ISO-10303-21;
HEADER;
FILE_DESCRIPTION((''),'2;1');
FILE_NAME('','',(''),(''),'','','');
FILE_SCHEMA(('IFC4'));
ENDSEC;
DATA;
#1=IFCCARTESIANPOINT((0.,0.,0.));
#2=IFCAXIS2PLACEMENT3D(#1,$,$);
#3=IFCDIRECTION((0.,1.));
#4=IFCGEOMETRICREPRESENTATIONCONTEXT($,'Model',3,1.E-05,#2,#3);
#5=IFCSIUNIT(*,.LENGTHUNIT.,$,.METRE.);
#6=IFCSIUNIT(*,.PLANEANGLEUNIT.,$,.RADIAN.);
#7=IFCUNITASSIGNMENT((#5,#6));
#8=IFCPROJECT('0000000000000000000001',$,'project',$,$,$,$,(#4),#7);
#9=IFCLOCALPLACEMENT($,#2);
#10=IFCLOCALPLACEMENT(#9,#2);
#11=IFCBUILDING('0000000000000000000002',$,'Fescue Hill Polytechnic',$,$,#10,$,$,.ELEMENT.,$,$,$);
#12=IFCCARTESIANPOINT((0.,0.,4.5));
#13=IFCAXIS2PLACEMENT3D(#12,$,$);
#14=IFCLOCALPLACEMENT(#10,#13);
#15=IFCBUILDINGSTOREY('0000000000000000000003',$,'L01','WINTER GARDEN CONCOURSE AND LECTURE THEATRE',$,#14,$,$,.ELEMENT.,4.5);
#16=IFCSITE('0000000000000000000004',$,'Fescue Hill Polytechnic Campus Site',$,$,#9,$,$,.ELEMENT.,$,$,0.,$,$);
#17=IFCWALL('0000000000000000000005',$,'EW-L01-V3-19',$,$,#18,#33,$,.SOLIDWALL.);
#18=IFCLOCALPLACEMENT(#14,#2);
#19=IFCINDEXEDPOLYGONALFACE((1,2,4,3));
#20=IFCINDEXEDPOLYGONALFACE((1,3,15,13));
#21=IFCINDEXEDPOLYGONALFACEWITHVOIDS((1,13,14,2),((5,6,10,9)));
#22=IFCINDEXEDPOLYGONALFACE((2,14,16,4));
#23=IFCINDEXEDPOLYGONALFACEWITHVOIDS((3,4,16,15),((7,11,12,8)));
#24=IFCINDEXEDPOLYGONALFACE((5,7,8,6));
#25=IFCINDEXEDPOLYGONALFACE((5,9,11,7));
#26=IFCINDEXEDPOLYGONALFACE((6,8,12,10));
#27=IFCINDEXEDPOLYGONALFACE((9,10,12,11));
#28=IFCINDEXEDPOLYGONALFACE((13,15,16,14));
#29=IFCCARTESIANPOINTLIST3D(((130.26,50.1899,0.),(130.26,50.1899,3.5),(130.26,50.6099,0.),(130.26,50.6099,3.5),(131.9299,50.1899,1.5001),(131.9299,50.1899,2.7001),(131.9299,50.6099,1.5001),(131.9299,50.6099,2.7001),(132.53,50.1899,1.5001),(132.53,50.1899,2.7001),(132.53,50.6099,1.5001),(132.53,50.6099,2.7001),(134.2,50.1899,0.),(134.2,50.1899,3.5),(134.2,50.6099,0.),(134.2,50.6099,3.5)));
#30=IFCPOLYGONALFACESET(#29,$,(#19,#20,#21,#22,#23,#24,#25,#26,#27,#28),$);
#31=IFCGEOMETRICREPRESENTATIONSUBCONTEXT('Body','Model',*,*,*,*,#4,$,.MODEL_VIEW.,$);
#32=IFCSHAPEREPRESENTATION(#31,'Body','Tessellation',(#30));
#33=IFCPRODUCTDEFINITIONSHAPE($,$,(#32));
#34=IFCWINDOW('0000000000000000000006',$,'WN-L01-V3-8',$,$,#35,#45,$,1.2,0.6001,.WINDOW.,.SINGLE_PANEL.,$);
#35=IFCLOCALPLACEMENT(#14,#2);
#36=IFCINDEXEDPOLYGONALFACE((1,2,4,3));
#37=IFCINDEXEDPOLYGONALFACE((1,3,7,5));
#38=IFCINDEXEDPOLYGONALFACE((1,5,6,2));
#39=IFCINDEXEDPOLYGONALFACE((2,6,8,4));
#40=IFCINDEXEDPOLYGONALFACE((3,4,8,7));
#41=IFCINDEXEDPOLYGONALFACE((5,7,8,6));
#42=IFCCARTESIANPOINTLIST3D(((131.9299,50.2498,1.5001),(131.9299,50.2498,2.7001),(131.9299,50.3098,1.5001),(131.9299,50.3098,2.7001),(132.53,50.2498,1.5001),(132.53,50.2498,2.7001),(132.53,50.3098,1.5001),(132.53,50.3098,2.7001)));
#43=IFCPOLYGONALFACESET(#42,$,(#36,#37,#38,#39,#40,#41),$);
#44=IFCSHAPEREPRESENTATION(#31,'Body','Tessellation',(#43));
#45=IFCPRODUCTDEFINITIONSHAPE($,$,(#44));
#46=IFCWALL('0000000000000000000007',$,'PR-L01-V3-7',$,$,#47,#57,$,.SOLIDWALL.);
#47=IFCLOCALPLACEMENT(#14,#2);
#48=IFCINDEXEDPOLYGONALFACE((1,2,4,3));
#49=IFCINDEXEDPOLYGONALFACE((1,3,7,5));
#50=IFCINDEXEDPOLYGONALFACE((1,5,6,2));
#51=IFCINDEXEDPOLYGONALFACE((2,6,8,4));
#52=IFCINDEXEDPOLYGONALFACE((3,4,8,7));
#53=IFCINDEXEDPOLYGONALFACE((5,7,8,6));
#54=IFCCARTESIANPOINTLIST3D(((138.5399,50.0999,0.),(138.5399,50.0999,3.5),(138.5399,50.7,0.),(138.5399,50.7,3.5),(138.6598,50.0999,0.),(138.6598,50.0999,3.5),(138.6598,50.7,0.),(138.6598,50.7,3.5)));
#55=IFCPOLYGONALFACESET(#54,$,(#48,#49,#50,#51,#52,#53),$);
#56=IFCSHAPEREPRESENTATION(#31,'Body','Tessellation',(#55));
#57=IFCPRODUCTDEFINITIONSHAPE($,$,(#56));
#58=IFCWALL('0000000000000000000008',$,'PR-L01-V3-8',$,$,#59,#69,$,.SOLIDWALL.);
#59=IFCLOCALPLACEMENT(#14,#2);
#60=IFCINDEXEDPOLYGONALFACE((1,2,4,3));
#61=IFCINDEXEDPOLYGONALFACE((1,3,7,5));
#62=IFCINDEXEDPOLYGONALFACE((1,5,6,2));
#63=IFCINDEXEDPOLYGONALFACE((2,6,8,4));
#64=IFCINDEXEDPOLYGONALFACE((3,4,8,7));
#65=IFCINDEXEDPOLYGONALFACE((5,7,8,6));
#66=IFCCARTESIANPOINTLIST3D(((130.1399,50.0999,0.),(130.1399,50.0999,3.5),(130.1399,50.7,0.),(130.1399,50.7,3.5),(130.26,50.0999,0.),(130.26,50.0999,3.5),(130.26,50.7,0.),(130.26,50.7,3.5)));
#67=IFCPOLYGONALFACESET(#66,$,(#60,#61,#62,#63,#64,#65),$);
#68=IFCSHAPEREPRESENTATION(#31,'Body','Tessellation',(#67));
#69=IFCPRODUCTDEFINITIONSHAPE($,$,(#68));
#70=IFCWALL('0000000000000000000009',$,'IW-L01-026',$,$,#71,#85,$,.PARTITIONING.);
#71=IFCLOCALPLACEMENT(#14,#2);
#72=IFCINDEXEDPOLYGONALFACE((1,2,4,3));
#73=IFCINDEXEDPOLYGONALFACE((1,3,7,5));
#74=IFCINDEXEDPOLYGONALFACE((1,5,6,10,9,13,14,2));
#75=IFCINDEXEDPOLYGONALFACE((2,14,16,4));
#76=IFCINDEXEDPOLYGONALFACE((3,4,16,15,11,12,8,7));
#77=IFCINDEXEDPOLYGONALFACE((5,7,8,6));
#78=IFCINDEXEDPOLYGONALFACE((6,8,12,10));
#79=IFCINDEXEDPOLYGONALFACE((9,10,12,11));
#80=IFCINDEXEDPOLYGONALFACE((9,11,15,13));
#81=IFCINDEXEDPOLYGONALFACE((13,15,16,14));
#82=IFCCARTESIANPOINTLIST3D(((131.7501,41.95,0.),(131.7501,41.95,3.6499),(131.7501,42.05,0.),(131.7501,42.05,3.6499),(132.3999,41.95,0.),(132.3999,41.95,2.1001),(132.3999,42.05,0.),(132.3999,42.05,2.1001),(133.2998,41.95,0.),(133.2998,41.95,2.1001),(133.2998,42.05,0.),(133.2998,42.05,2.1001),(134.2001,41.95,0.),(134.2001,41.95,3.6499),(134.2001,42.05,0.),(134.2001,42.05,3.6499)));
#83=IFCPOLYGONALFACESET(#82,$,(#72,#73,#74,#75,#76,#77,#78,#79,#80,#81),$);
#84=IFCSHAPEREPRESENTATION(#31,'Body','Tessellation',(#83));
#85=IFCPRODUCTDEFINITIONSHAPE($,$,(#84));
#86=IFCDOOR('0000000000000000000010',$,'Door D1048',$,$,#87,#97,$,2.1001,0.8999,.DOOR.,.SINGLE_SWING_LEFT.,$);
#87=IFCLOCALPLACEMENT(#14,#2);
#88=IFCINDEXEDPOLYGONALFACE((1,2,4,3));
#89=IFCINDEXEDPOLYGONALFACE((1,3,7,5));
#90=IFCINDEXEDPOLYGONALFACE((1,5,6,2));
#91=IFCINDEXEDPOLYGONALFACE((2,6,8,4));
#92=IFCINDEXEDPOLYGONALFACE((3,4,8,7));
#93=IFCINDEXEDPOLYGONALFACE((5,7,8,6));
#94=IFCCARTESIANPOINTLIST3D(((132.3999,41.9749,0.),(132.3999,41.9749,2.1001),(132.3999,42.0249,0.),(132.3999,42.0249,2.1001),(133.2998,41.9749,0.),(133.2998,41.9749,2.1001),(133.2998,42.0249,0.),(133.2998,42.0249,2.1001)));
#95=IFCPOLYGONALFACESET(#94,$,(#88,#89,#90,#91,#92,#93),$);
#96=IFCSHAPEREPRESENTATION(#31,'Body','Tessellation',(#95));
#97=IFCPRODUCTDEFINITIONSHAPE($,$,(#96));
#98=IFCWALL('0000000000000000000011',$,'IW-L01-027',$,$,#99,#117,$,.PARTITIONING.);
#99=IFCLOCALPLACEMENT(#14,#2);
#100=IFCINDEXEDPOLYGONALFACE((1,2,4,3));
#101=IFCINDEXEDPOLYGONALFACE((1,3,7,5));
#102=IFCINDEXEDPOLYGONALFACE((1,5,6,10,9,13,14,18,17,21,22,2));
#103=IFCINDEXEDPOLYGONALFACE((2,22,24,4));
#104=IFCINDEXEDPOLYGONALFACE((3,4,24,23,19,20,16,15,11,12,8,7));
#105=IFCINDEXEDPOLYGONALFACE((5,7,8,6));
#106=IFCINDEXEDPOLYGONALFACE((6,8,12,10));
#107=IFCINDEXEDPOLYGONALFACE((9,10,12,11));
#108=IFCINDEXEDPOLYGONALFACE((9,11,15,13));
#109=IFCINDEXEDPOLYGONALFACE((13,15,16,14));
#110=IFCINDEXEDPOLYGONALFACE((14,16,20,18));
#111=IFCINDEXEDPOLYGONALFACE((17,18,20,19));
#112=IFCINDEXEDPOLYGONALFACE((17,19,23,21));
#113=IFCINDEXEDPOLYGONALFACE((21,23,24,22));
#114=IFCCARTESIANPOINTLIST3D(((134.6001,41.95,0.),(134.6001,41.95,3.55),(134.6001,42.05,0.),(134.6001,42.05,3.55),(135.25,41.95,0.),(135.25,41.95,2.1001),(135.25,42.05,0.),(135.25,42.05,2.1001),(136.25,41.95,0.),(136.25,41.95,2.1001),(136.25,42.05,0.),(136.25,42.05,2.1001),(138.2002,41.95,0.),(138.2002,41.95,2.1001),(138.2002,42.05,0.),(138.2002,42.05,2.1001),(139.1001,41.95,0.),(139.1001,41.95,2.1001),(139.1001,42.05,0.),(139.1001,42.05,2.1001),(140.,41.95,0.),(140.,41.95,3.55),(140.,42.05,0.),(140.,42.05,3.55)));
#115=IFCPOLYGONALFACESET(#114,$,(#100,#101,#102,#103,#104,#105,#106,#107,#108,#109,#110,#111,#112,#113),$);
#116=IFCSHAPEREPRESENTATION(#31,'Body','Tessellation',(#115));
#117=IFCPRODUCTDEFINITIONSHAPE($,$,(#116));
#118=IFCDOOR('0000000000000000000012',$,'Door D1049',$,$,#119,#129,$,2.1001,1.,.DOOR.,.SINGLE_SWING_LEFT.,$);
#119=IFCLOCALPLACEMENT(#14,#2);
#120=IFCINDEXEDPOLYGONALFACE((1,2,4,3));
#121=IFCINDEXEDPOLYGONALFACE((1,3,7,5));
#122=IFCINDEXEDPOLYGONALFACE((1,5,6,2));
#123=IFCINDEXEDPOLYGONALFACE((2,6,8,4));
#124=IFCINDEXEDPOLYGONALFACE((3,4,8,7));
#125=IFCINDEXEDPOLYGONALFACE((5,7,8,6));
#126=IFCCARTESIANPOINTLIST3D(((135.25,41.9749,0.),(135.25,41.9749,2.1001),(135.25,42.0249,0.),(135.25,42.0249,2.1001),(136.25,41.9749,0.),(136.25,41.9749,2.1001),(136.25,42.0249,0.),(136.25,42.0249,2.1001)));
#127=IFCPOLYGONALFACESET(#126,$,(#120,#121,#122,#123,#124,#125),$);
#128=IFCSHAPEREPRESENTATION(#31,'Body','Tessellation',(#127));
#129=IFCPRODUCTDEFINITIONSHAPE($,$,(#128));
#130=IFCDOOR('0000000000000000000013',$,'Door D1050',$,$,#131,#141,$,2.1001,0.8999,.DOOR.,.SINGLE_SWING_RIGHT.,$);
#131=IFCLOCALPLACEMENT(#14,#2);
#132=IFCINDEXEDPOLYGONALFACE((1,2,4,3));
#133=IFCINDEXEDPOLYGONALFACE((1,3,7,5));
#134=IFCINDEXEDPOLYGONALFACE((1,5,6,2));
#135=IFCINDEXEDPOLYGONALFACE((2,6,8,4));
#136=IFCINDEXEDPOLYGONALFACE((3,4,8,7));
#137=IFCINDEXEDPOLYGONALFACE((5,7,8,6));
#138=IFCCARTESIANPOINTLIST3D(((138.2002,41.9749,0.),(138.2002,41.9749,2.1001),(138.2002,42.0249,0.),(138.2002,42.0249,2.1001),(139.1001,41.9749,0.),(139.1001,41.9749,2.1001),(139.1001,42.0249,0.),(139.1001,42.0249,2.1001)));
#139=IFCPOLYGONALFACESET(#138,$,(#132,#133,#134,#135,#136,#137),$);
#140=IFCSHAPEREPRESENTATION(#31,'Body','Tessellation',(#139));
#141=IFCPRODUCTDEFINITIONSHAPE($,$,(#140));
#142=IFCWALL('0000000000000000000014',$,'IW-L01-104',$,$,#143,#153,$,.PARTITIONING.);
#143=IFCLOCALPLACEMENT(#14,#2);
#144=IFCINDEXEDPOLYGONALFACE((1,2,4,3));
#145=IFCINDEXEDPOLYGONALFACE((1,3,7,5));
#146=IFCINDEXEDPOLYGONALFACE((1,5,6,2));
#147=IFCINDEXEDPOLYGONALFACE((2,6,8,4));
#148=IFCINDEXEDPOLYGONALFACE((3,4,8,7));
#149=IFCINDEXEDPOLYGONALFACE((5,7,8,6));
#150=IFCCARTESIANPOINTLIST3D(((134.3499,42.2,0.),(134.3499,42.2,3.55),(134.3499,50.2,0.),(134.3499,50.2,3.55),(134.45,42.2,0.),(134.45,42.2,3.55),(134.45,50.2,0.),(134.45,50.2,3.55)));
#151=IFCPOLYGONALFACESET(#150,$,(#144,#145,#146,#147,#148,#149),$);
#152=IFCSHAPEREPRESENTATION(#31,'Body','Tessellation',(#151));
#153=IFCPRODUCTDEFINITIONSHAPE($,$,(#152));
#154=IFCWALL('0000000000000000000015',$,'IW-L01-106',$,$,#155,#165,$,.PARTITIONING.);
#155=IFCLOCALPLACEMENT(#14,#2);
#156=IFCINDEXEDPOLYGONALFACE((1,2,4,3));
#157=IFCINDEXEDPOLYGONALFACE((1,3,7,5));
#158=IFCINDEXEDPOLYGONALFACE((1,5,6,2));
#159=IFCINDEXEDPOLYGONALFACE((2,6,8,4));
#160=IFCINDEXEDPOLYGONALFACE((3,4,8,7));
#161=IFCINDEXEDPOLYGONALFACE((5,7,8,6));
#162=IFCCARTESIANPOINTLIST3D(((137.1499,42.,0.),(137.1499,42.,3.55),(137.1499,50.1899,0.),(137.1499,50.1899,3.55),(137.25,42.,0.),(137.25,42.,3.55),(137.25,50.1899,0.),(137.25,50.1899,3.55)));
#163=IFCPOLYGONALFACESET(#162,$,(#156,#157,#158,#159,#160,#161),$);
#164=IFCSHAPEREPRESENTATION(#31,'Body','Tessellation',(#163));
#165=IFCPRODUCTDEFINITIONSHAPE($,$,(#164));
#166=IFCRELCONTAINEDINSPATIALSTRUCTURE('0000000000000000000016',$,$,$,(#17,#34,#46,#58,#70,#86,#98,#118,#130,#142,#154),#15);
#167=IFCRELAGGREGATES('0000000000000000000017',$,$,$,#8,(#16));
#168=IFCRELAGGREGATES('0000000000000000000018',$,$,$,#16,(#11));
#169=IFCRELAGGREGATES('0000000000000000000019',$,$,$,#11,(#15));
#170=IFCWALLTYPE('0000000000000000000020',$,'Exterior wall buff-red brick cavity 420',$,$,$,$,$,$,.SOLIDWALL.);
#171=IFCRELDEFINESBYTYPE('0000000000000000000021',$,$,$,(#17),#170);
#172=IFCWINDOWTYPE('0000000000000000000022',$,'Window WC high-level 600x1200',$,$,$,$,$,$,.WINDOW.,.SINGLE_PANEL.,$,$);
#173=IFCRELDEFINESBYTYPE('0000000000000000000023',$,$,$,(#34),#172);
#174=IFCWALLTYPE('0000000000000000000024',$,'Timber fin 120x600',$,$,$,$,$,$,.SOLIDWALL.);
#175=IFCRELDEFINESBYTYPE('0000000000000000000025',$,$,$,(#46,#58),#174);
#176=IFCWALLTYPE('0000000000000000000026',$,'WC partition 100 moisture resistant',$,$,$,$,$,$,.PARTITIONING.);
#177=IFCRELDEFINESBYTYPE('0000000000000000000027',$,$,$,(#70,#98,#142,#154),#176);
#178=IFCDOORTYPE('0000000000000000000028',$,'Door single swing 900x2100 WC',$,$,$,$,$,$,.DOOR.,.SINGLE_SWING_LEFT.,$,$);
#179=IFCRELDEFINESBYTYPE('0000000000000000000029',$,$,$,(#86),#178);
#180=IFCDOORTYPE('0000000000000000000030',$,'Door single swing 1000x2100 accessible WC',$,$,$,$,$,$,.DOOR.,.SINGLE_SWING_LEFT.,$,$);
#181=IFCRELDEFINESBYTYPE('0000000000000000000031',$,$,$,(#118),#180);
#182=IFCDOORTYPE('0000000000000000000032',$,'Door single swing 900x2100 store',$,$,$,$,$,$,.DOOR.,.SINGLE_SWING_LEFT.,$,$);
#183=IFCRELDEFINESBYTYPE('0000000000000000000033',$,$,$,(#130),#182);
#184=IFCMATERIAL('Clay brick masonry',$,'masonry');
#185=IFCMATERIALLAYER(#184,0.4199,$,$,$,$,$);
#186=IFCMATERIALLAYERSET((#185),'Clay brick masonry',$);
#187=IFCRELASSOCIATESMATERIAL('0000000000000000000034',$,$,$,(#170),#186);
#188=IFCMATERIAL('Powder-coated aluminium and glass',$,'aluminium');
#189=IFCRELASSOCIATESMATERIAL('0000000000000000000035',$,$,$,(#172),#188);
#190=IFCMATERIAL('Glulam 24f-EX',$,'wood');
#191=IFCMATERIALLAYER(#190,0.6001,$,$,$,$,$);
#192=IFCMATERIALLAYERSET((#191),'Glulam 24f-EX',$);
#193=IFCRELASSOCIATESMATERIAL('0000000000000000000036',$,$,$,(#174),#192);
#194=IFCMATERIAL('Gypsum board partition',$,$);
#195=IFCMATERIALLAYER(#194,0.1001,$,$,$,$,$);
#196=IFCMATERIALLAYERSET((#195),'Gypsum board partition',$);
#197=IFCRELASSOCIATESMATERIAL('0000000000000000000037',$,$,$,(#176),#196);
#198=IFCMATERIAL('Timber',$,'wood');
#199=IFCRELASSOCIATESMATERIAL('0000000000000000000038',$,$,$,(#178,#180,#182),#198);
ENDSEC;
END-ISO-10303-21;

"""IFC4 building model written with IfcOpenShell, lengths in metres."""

from ifc_helpers import new_model, si_unit, direction, frame, frame_2d, origin, place, context, subcontext, project, spatial, rectangle, extrude, material, layer, layer_set, type_object, element, fill, save


model = new_model("IFC4")

# Units and contexts
model_context = context("Model", 3, precision=1e-05, world=origin(), true_north=direction((0.0, 1.0)))
body_context = subcontext(model_context, "Body", "Model", "MODEL_VIEW")
ifc_project = project(units=[si_unit("LENGTHUNIT", "METRE"), si_unit("PLANEANGLEUNIT", "RADIAN")], contexts=[model_context])

# Site, building, storey
site_placement = place(None, origin())
site = spatial("IfcSite", under=ifc_project, at=site_placement, Name="Fescue Hill Polytechnic Campus Site", CompositionType="ELEMENT", RefElevation=0.0)
building_placement = place(site_placement, origin())
building = spatial("IfcBuilding", under=site, at=building_placement, Name="Fescue Hill Polytechnic", CompositionType="ELEMENT")
storey_placement = place(building_placement, frame((0.0, 0.0, 4.5)))
storey = spatial("IfcBuildingStorey", under=building, at=storey_placement, Name="L01", Description="WINTER GARDEN CONCOURSE AND LECTURE THEATRE", CompositionType="ELEMENT", Elevation=4.5)

# Shared definitions
ifc_material_1 = material(Name="Gypsum board partition")
ifc_material_2 = material(Name="Timber", Category="wood")

# Shared definitions
ifc_material_3 = material(Name="Clay brick masonry", Category="masonry")
ifc_layer_1 = layer(ifc_material_3, 0.4199)
ifc_layer_set_1 = layer_set([ifc_layer_1], Name="Clay brick masonry")
wall_type_1 = type_object("IfcWallType", Name="Exterior wall buff-red brick cavity 420", PredefinedType="SOLIDWALL", material=ifc_layer_set_1)

# Wall, opening, window
ifc_material_4 = material(Name="Powder-coated aluminium and glass", Category="aluminium")
window_type = type_object("IfcWindowType", Name="Window WC high-level 600x1200", PartitioningType="SINGLE_PANEL", PredefinedType="WINDOW", material=ifc_material_4)
wall_1_placement = place(storey_placement, frame((134.2, 50.3999, 0.0), z_axis=(0.0, 0.0, 1.0), x_axis=(-1.0, 0.0, 0.0)))
wall_1 = element("IfcWall", 1, at=wall_1_placement, inside=storey, type_object=wall_type_1, Name="EW-L01-V3-19", PredefinedType="SOLIDWALL", context=body_context, shape_type="SweptSolid", body=[
    extrude(rectangle(XDim=3.9399, YDim=0.4199, at=frame_2d((1.97, 0.0))), origin(), (0.0, 0.0, 1.0), 3.5),
])
opening_1_placement = place(wall_1_placement, frame((1.6699, 0.0, 1.5)))
opening_1 = element("IfcOpeningElement", 2, at=opening_1_placement, cuts=wall_1, PredefinedType="OPENING", context=body_context, shape_type="SweptSolid", body=[
    extrude(rectangle(XDim=0.6001, YDim=1.2, at=frame_2d((0.3, 0.6001))), frame((0.0, 0.22, 0.0), z_axis=(0.0, -1.0, 0.0), x_axis=(1.0, 0.0, 0.0)), (0.0, 0.0, 1.0), 0.4399),
])
window_1_placement = place(opening_1_placement, origin())
window_1 = element("IfcWindow", 3, at=window_1_placement, inside=storey, type_object=window_type, Name="WN-L01-V3-8", OverallHeight=1.2, OverallWidth=0.6001, PartitioningType="SINGLE_PANEL", PredefinedType="WINDOW", context=body_context, shape_type="SweptSolid", body=[
    extrude(rectangle(XDim=0.6001, YDim=1.2, at=frame_2d((0.3, 0.6001))), frame((0.0, 0.1501, 0.0), z_axis=(0.0, -1.0, 0.0), x_axis=(1.0, 0.0, 0.0)), (0.0, 0.0, 1.0), 0.0601),
])
fill(opening_1, window_1)

# Walls
ifc_material_5 = material(Name="Glulam 24f-EX", Category="wood")
ifc_layer_2 = layer(ifc_material_5, 0.6001)
ifc_layer_set_2 = layer_set([ifc_layer_2], Name="Glulam 24f-EX")
wall_type_2 = type_object("IfcWallType", Name="Timber fin 120x600", PredefinedType="SOLIDWALL", material=ifc_layer_set_2)
wall_2_placement = place(storey_placement, frame((138.6599, 50.3999, 0.0), z_axis=(0.0, 0.0, 1.0), x_axis=(-1.0, 0.0, 0.0)))
element("IfcWall", 4, at=wall_2_placement, inside=storey, type_object=wall_type_2, Name="PR-L01-V3-7", PredefinedType="SOLIDWALL", context=body_context, shape_type="SweptSolid", body=[
    extrude(rectangle(XDim=0.1199, YDim=0.6001, at=frame_2d((0.0601, 0.0))), origin(), (0.0, 0.0, 1.0), 3.5),
])
wall_3_placement = place(storey_placement, frame((130.26, 50.3999, 0.0), z_axis=(0.0, 0.0, 1.0), x_axis=(-1.0, 0.0, 0.0)))
element("IfcWall", 5, at=wall_3_placement, inside=storey, type_object=wall_type_2, Name="PR-L01-V3-8", PredefinedType="SOLIDWALL", context=body_context, shape_type="SweptSolid", body=[
    extrude(rectangle(XDim=0.1201, YDim=0.6001, at=frame_2d((0.0601, 0.0))), origin(), (0.0, 0.0, 1.0), 3.5),
])

# Wall, opening, door
ifc_layer_3 = layer(ifc_material_1, 0.1001)
ifc_layer_set_3 = layer_set([ifc_layer_3], Name="Gypsum board partition")
wall_type_3 = type_object("IfcWallType", Name="WC partition 100 moisture resistant", PredefinedType="PARTITIONING", material=ifc_layer_set_3)
wall_4_placement = place(storey_placement, frame((131.75, 42.0, 0.0), z_axis=(0.0, 0.0, 1.0), x_axis=(1.0, 0.0, 0.0)))
wall_4 = element("IfcWall", 6, at=wall_4_placement, inside=storey, type_object=wall_type_3, Name="IW-L01-026", PredefinedType="PARTITIONING", context=body_context, shape_type="SweptSolid", body=[
    extrude(rectangle(XDim=2.45, YDim=0.1001, at=frame_2d((1.2251, 0.0))), origin(), (0.0, 0.0, 1.0), 3.6499),
])
opening_2_placement = place(wall_4_placement, frame((0.6499, 0.0, 0.0)))
opening_2 = element("IfcOpeningElement", 7, at=opening_2_placement, cuts=wall_4, PredefinedType="OPENING", context=body_context, shape_type="SweptSolid", body=[
    extrude(rectangle(XDim=0.8999, YDim=2.1001, at=frame_2d((0.45, 1.05))), frame((0.0, 0.0601, 0.0), z_axis=(0.0, -1.0, 0.0), x_axis=(1.0, 0.0, 0.0)), (0.0, 0.0, 1.0), 0.1201),
])
door_type_1 = type_object("IfcDoorType", Name="Door single swing 900x2100 WC", OperationType="SINGLE_SWING_LEFT", PredefinedType="DOOR", material=ifc_material_2)
door_1_placement = place(opening_2_placement, origin())
door_1 = element("IfcDoor", 8, at=door_1_placement, inside=storey, type_object=door_type_1, Name="Door D1048", OperationType="SINGLE_SWING_LEFT", OverallHeight=2.1001, OverallWidth=0.8999, PredefinedType="DOOR", context=body_context, shape_type="SweptSolid", body=[
    extrude(rectangle(XDim=0.8999, YDim=2.1001, at=frame_2d((0.45, 1.05))), frame((0.0, 0.0249, 0.0), z_axis=(0.0, -1.0, 0.0), x_axis=(1.0, 0.0, 0.0)), (0.0, 0.0, 1.0), 0.05),
])
fill(opening_2, door_1)

# Wall, openings, doors
wall_5_placement = place(storey_placement, frame((134.6001, 42.0, 0.0), z_axis=(0.0, 0.0, 1.0), x_axis=(1.0, 0.0, 0.0)))
wall_5 = element("IfcWall", 9, at=wall_5_placement, inside=storey, type_object=wall_type_3, Name="IW-L01-027", PredefinedType="PARTITIONING", context=body_context, shape_type="SweptSolid", body=[
    extrude(rectangle(XDim=5.3999, YDim=0.1001, at=frame_2d((2.7, 0.0))), origin(), (0.0, 0.0, 1.0), 3.55),
])
opening_3_placement = place(wall_5_placement, frame((0.6499, 0.0, 0.0)))
opening_3 = element("IfcOpeningElement", 10, at=opening_3_placement, cuts=wall_5, PredefinedType="OPENING", context=body_context, shape_type="SweptSolid", body=[
    extrude(rectangle(XDim=1.0, YDim=2.1001, at=frame_2d((0.5, 1.05))), frame((0.0, 0.0601, 0.0), z_axis=(0.0, -1.0, 0.0), x_axis=(1.0, 0.0, 0.0)), (0.0, 0.0, 1.0), 0.1201),
])
opening_4_placement = place(wall_5_placement, frame((3.6001, 0.0, 0.0)))
opening_4 = element("IfcOpeningElement", 11, at=opening_4_placement, cuts=wall_5, PredefinedType="OPENING", context=body_context, shape_type="SweptSolid", body=[
    extrude(rectangle(XDim=0.8999, YDim=2.1001, at=frame_2d((0.45, 1.05))), frame((0.0, 0.0601, 0.0), z_axis=(0.0, -1.0, 0.0), x_axis=(1.0, 0.0, 0.0)), (0.0, 0.0, 1.0), 0.1201),
])
door_type_2 = type_object("IfcDoorType", Name="Door single swing 1000x2100 accessible WC", OperationType="SINGLE_SWING_LEFT", PredefinedType="DOOR", material=ifc_material_2)
door_2_placement = place(opening_3_placement, origin())
door_2 = element("IfcDoor", 12, at=door_2_placement, inside=storey, type_object=door_type_2, Name="Door D1049", OperationType="SINGLE_SWING_LEFT", OverallHeight=2.1001, OverallWidth=1.0, PredefinedType="DOOR", context=body_context, shape_type="SweptSolid", body=[
    extrude(rectangle(XDim=1.0, YDim=2.1001, at=frame_2d((0.5, 1.05))), frame((0.0, 0.0249, 0.0), z_axis=(0.0, -1.0, 0.0), x_axis=(1.0, 0.0, 0.0)), (0.0, 0.0, 1.0), 0.05),
])
fill(opening_3, door_2)
door_type_3 = type_object("IfcDoorType", Name="Door single swing 900x2100 store", OperationType="SINGLE_SWING_LEFT", PredefinedType="DOOR", material=ifc_material_2)
door_3_placement = place(opening_4_placement, origin())
door_3 = element("IfcDoor", 13, at=door_3_placement, inside=storey, type_object=door_type_3, Name="Door D1050", OperationType="SINGLE_SWING_RIGHT", OverallHeight=2.1001, OverallWidth=0.8999, PredefinedType="DOOR", context=body_context, shape_type="SweptSolid", body=[
    extrude(rectangle(XDim=0.8999, YDim=2.1001, at=frame_2d((0.45, 1.05))), frame((0.0, 0.0249, 0.0), z_axis=(0.0, -1.0, 0.0), x_axis=(1.0, 0.0, 0.0)), (0.0, 0.0, 1.0), 0.05),
])
fill(opening_4, door_3)

# Walls
wall_6_placement = place(storey_placement, frame((134.3999, 42.2, 0.0), z_axis=(0.0, 0.0, 1.0), x_axis=(0.0, 1.0, 0.0)))
element("IfcWall", 14, at=wall_6_placement, inside=storey, type_object=wall_type_3, Name="IW-L01-104", PredefinedType="PARTITIONING", context=body_context, shape_type="SweptSolid", body=[
    extrude(rectangle(XDim=8.0, YDim=0.1001, at=frame_2d((4.0, 0.0))), origin(), (0.0, 0.0, 1.0), 3.55),
])
for number, where, z_axis, x_axis, name in (
    (15, (137.2, 42.0, 0.0), (0.0, 0.0, 1.0), (0.0, 1.0, 0.0), "IW-L01-106"),
):
    element("IfcWall", number, at=place(storey_placement, frame(where, z_axis=z_axis, x_axis=x_axis)), inside=storey, type_object=wall_type_3, Name=name, PredefinedType="PARTITIONING", context=body_context, shape_type="SweptSolid", body=[
        extrude(rectangle(XDim=8.1899, YDim=0.1001, at=frame_2d((4.095, 0.0))), origin(), (0.0, 0.0, 1.0), 3.55),
    ])

save(model, "model.ifc")
